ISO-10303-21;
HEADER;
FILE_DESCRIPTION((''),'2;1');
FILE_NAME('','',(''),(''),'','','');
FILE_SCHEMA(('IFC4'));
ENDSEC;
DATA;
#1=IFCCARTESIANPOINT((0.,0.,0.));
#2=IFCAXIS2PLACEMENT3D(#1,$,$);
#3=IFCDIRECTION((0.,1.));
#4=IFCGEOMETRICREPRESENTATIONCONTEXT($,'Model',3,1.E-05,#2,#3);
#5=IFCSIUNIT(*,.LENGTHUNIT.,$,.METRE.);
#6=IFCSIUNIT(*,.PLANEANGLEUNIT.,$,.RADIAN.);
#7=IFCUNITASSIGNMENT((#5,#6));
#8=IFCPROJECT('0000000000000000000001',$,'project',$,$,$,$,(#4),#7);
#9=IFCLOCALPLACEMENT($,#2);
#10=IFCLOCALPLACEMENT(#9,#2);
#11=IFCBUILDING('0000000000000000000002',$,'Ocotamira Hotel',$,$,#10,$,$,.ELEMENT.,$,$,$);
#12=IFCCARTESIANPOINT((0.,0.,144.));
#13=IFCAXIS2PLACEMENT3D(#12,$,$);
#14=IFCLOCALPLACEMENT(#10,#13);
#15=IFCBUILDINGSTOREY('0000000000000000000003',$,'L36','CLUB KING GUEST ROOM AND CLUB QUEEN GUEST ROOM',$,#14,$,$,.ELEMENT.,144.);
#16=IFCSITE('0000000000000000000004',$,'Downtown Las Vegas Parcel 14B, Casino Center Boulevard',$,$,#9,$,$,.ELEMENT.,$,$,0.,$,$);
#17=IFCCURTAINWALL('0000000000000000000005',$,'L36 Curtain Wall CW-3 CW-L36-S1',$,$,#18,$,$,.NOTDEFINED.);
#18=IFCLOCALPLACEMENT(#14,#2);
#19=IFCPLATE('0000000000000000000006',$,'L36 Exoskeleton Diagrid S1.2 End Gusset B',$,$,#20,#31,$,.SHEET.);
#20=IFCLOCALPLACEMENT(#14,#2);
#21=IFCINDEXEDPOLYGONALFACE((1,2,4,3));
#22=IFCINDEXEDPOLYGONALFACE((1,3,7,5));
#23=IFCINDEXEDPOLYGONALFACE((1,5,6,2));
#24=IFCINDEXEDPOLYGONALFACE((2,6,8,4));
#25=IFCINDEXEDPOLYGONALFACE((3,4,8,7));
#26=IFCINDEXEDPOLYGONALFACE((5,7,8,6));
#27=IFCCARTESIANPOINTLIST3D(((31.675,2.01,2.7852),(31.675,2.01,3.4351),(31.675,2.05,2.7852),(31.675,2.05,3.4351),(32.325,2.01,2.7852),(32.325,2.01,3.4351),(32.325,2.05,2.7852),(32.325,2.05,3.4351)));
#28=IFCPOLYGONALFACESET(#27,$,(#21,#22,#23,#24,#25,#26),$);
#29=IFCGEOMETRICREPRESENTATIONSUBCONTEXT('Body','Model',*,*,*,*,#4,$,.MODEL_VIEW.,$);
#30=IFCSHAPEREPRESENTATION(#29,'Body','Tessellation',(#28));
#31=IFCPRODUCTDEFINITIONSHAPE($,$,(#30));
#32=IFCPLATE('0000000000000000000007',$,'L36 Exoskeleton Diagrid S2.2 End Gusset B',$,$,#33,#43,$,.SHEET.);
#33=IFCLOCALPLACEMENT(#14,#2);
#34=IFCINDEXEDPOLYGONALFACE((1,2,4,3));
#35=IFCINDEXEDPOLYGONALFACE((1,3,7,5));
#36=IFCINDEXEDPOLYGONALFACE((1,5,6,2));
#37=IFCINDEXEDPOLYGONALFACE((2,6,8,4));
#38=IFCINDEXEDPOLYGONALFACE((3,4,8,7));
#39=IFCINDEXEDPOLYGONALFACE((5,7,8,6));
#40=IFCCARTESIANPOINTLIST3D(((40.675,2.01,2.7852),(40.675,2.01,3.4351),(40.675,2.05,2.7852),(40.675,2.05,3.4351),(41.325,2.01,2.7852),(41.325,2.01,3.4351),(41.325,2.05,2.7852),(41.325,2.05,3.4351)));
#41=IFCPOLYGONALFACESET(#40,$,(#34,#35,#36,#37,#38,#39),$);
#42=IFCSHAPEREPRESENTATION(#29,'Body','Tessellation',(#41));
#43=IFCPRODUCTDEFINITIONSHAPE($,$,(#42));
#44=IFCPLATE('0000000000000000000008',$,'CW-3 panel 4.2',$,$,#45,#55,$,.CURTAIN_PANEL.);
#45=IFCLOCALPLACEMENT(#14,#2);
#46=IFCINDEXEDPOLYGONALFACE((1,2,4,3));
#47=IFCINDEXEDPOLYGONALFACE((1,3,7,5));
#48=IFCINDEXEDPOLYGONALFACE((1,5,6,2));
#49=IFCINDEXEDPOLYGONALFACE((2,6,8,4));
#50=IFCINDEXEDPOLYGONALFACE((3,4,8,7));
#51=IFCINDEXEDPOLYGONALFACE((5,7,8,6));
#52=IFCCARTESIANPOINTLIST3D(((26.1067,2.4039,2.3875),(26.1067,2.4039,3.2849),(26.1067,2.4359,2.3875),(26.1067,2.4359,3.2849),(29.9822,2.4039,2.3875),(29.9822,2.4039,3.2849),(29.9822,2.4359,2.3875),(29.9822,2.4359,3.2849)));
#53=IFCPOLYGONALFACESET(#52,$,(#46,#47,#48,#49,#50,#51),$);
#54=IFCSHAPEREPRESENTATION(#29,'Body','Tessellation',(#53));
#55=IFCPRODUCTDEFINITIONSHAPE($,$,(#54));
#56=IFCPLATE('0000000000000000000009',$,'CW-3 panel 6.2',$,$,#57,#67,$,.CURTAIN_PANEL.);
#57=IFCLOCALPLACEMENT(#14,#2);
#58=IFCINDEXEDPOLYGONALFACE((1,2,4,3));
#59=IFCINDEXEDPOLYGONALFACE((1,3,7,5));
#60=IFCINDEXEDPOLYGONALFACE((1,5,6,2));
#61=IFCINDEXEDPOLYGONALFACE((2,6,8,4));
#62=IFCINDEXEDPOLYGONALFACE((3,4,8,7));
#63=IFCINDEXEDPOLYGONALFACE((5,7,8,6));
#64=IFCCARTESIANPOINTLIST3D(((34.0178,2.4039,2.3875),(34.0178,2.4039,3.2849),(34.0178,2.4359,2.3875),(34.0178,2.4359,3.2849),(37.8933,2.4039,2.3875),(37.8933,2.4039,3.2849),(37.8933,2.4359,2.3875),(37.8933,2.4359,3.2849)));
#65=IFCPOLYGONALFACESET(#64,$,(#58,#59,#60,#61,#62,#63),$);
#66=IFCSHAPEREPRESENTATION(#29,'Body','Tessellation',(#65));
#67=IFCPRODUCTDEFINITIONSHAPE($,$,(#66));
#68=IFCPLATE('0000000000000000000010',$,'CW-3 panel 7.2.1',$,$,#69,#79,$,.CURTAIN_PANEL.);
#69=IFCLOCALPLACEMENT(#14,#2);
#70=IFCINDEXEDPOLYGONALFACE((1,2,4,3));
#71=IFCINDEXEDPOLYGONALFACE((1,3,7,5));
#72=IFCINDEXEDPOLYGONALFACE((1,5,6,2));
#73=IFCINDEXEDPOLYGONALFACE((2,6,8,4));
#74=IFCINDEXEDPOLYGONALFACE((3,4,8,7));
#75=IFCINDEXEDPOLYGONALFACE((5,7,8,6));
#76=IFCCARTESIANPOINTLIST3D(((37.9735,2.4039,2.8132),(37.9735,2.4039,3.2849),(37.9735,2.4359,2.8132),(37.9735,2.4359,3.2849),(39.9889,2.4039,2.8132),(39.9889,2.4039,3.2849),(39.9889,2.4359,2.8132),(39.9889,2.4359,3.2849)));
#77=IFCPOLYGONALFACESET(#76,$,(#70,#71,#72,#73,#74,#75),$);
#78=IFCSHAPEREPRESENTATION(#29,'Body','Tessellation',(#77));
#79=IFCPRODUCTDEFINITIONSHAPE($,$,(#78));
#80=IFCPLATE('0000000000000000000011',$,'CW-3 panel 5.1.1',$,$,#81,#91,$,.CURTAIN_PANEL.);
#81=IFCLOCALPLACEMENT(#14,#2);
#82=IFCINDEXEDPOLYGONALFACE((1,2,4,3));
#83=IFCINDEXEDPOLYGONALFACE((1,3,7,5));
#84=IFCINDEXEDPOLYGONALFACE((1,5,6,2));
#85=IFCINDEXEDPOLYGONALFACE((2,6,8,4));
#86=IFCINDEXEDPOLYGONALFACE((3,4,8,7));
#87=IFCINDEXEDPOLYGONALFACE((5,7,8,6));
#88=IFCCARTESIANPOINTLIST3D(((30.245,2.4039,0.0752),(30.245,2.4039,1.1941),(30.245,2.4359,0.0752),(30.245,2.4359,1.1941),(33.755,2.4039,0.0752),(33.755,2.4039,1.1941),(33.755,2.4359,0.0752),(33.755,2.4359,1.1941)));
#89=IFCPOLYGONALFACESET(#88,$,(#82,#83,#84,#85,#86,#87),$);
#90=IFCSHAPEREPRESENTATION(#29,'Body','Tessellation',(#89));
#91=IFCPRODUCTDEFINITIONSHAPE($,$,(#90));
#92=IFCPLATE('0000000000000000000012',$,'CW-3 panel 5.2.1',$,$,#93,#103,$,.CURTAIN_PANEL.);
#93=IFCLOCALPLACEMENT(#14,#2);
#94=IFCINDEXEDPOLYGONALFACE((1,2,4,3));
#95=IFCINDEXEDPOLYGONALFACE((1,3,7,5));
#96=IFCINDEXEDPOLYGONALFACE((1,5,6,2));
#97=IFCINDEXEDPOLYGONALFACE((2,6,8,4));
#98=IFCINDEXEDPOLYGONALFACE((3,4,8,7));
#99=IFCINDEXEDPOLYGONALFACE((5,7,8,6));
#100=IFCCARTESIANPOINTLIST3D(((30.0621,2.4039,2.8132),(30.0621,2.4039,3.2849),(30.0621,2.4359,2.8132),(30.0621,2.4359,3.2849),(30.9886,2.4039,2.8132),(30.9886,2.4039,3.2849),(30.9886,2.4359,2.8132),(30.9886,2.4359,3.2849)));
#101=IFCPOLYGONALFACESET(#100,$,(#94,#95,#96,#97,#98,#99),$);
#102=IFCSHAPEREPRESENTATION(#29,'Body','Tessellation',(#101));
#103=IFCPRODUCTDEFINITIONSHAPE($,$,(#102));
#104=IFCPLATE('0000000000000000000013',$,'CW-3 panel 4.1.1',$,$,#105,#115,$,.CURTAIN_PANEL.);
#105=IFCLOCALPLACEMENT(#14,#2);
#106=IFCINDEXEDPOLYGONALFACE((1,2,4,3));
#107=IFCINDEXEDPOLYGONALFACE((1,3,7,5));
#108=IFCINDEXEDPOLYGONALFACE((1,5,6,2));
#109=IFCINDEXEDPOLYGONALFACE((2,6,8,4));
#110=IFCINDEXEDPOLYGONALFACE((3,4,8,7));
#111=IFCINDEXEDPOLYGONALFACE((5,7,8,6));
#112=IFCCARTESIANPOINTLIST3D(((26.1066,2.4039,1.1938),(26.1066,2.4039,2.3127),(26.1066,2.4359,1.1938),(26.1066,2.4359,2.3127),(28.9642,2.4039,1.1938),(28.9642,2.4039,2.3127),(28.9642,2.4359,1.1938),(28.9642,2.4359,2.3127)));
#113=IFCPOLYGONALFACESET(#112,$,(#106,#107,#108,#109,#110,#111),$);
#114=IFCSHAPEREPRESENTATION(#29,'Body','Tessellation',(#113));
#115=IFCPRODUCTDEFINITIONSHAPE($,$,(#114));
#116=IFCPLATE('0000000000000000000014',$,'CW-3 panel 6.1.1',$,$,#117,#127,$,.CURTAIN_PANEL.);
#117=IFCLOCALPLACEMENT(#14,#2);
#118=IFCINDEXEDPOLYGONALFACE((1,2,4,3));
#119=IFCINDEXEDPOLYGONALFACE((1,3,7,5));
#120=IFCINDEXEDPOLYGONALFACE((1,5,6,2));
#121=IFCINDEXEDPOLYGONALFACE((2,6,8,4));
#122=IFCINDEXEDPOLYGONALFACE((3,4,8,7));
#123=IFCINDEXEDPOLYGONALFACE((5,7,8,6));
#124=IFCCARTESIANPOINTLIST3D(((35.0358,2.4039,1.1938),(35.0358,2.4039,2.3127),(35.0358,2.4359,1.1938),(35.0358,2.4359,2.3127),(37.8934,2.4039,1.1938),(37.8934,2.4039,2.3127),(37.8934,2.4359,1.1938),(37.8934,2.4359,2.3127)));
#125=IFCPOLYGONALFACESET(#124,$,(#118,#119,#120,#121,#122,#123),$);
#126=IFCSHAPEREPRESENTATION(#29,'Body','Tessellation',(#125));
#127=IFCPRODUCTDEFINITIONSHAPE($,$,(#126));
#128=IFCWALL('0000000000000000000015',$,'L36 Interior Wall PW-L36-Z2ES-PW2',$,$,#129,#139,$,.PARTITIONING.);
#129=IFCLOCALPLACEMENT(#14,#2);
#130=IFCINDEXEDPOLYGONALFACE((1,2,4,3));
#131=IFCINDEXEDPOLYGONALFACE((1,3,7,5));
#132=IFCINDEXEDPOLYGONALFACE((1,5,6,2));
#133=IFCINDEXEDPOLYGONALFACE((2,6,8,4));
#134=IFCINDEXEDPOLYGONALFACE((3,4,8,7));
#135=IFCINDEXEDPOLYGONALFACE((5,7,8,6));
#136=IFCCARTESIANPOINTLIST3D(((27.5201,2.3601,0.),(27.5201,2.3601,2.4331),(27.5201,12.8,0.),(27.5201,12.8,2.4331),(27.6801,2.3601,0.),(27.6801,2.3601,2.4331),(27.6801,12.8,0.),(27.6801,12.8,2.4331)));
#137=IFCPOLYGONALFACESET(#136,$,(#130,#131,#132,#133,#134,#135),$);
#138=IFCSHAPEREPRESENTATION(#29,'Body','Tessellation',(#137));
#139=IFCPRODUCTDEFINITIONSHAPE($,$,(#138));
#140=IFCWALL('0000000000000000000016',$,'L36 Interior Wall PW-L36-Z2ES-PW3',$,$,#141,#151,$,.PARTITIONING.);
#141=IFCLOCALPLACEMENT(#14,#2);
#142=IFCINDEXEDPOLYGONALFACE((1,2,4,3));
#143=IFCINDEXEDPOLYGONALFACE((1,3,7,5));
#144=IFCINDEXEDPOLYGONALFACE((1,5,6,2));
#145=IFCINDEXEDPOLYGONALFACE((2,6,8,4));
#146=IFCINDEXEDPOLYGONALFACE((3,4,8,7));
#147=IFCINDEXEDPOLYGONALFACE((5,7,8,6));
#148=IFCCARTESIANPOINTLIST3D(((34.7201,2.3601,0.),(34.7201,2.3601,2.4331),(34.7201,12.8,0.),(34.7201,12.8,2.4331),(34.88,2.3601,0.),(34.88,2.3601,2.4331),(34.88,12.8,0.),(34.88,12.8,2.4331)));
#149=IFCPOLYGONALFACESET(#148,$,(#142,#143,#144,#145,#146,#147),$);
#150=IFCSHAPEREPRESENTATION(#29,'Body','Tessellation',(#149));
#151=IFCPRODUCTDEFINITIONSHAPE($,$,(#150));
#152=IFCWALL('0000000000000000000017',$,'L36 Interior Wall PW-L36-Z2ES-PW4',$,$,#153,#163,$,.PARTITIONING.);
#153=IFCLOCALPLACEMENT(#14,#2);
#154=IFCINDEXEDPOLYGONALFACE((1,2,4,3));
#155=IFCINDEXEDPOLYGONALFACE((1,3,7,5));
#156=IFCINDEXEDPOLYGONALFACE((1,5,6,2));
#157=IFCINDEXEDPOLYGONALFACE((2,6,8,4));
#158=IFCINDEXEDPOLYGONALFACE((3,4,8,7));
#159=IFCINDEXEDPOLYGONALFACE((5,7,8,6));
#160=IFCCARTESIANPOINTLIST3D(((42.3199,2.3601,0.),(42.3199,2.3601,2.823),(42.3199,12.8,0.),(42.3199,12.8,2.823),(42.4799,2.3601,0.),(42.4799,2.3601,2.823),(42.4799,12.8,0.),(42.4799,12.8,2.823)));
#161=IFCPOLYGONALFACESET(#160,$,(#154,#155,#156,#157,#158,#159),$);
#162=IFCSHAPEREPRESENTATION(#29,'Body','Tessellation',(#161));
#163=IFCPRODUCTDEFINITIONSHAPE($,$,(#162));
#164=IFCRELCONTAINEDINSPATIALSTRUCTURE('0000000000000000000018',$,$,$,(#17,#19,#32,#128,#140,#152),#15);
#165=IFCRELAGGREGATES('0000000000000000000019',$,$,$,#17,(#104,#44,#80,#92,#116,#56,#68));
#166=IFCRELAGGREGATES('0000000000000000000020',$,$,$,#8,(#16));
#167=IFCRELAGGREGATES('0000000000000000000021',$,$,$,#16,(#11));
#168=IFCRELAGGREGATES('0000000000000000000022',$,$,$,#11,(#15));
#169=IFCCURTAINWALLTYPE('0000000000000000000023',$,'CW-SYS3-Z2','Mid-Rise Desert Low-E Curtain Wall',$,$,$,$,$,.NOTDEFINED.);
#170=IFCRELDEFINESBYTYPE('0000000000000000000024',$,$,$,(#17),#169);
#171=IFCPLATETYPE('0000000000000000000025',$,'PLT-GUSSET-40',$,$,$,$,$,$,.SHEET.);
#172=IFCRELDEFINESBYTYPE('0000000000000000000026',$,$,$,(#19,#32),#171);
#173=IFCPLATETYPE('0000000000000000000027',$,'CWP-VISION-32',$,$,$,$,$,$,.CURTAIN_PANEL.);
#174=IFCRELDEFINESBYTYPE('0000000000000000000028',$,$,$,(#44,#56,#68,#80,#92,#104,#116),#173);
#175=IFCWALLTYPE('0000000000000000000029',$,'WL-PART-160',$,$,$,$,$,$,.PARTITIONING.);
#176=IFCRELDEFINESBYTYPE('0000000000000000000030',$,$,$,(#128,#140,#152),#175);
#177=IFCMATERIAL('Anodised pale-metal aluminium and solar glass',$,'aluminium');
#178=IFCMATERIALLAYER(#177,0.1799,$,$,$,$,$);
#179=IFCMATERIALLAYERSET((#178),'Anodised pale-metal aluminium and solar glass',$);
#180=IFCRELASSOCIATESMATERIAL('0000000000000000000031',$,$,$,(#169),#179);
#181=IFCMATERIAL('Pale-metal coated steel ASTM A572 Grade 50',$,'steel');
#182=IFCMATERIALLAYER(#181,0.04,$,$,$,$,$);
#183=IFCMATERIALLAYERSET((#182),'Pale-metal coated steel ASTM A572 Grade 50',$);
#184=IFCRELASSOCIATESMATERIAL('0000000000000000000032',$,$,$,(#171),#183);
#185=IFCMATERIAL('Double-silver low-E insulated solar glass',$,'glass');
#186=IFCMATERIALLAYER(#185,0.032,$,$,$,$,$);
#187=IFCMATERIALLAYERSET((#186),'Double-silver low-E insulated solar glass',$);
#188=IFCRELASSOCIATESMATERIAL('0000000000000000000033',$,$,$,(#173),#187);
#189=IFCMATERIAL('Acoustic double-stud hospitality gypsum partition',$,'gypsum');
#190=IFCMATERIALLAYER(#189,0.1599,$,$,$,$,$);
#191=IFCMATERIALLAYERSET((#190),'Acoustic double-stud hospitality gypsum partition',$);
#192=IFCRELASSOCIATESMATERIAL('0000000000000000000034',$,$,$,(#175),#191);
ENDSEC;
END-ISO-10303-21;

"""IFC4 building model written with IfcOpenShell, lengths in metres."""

from ifc_helpers import new_model, si_unit, direction, frame, frame_2d, origin, origin_2d, place, context, subcontext, project, spatial, rectangle, extrude, source, transform, mapped, material, layer, layer_set, type_object, element, aggregate, save


model = new_model("IFC4")

# Units and contexts
model_context = context("Model", 3, precision=1e-05, world=origin(), true_north=direction((0.0, 1.0)))
body_context = subcontext(model_context, "Body", "Model", "MODEL_VIEW")
ifc_project = project(units=[si_unit("LENGTHUNIT", "METRE"), si_unit("PLANEANGLEUNIT", "RADIAN")], contexts=[model_context])

# Site, building, storey
site_placement = place(None, origin())
site = spatial("IfcSite", under=ifc_project, at=site_placement, Name="Downtown Las Vegas Parcel 14B, Casino Center Boulevard", CompositionType="ELEMENT", RefElevation=0.0)
building_placement = place(site_placement, origin())
building = spatial("IfcBuilding", under=site, at=building_placement, Name="Ocotamira Hotel", CompositionType="ELEMENT")
storey_placement = place(building_placement, frame((0.0, 0.0, 144.0)))
storey = spatial("IfcBuildingStorey", under=building, at=storey_placement, Name="L36", Description="CLUB KING GUEST ROOM AND CLUB QUEEN GUEST ROOM", CompositionType="ELEMENT", Elevation=144.0)

# Curtain wall
ifc_material_1 = material(Name="Anodised pale-metal aluminium and solar glass", Category="aluminium")
ifc_layer_1 = layer(ifc_material_1, 0.1799)
ifc_layer_set_1 = layer_set([ifc_layer_1], Name="Anodised pale-metal aluminium and solar glass")
curtain_wall_type = type_object("IfcCurtainWallType", Name="CW-SYS3-Z2", Description="Mid-Rise Desert Low-E Curtain Wall", PredefinedType="NOTDEFINED", material=ifc_layer_set_1)
curtain_wall_placement = place(storey_placement, origin())
curtain_wall = element("IfcCurtainWall", 1, at=curtain_wall_placement, inside=storey, type_object=curtain_wall_type, Name="L36 Curtain Wall CW-3 CW-L36-S1", PredefinedType="NOTDEFINED")

# Plates
ifc_material_2 = material(Name="Pale-metal coated steel ASTM A572 Grade 50", Category="steel")
ifc_layer_2 = layer(ifc_material_2, 0.04)
ifc_layer_set_2 = layer_set([ifc_layer_2], Name="Pale-metal coated steel ASTM A572 Grade 50")
plate_type_1 = type_object("IfcPlateType", Name="PLT-GUSSET-40", PredefinedType="SHEET", material=ifc_layer_set_2)
shared_shape_1 = source(origin(), body_context, "Body", "SweptSolid", [
    extrude(rectangle(XDim=0.6499, YDim=0.04, at=origin_2d()), origin(), (0.0, 0.0, 1.0), 0.6499),
])
for number, where, z_axis, x_axis, name in (
    (2, (32.0, 2.03, 2.7852), (0.0, 0.0, 1.0), (1.0, 0.0, 0.0), "L36 Exoskeleton Diagrid S1.2 End Gusset B"),
    (3, (41.0, 2.03, 2.7852), (0.0, 0.0, 1.0), (1.0, 0.0, 0.0), "L36 Exoskeleton Diagrid S2.2 End Gusset B"),
):
    element("IfcPlate", number, at=place(storey_placement, frame(where, z_axis=z_axis, x_axis=x_axis)), inside=storey, type_object=plate_type_1, Name=name, PredefinedType="SHEET", context=body_context, shape_type="MappedRepresentation", body=[
        mapped(shared_shape_1, transform((0.0, 0.0, 0.0), scale=1.0)),
    ])

# Plates
ifc_material_3 = material(Name="Double-silver low-E insulated solar glass", Category="glass")
ifc_layer_3 = layer(ifc_material_3, 0.032)
ifc_layer_set_3 = layer_set([ifc_layer_3], Name="Double-silver low-E insulated solar glass")
plate_type_2 = type_object("IfcPlateType", Name="CWP-VISION-32", PredefinedType="CURTAIN_PANEL", material=ifc_layer_set_3)
shared_shape_2 = source(origin(), body_context, "Body", "SweptSolid", [
    extrude(rectangle(XDim=3.8755, YDim=0.032, at=origin_2d()), origin(), (0.0, 0.0, 1.0), 0.8975),
])
plate_1_placement = place(storey_placement, frame((28.0444, 2.4199, 2.3875), z_axis=(0.0, 0.0, 1.0), x_axis=(1.0, 0.0, 0.0)))
plate_1 = element("IfcPlate", 4, at=plate_1_placement, type_object=plate_type_2, Name="CW-3 panel 4.2", PredefinedType="CURTAIN_PANEL", context=body_context, shape_type="MappedRepresentation", body=[
    mapped(shared_shape_2, transform((0.0, 0.0, 0.0), scale=1.0)),
])
plate_2_placement = place(storey_placement, frame((35.9556, 2.4199, 2.3875), z_axis=(0.0, 0.0, 1.0), x_axis=(1.0, 0.0, 0.0)))
plate_2 = element("IfcPlate", 5, at=plate_2_placement, type_object=plate_type_2, Name="CW-3 panel 6.2", PredefinedType="CURTAIN_PANEL", context=body_context, shape_type="MappedRepresentation", body=[
    mapped(shared_shape_2, transform((0.0, 0.0, 0.0), scale=1.0)),
])
shared_shape_3 = source(origin(), body_context, "Body", "SweptSolid", [
    extrude(rectangle(XDim=2.0154, YDim=0.032, at=origin_2d()), origin(), (0.0, 0.0, 1.0), 0.4717),
])
plate_3_placement = place(storey_placement, frame((38.9812, 2.4199, 2.8132), z_axis=(0.0, 0.0, 1.0), x_axis=(1.0, 0.0, 0.0)))
plate_3 = element("IfcPlate", 6, at=plate_3_placement, type_object=plate_type_2, Name="CW-3 panel 7.2.1", PredefinedType="CURTAIN_PANEL", context=body_context, shape_type="MappedRepresentation", body=[
    mapped(shared_shape_3, transform((0.0, 0.0, 0.0), scale=1.0)),
])
shared_shape_4 = source(origin(), body_context, "Body", "SweptSolid", [
    extrude(rectangle(XDim=3.51, YDim=0.032, at=origin_2d()), origin(), (0.0, 0.0, 1.0), 1.1189),
])
plate_4_placement = place(storey_placement, frame((32.0, 2.4199, 0.0752), z_axis=(0.0, 0.0, 1.0), x_axis=(1.0, 0.0, 0.0)))
plate_4 = element("IfcPlate", 7, at=plate_4_placement, type_object=plate_type_2, Name="CW-3 panel 5.1.1", PredefinedType="CURTAIN_PANEL", context=body_context, shape_type="MappedRepresentation", body=[
    mapped(shared_shape_4, transform((0.0, 0.0, 0.0), scale=1.0)),
])
shared_shape_5 = source(origin(), body_context, "Body", "SweptSolid", [
    extrude(rectangle(XDim=0.9265, YDim=0.032, at=origin_2d()), origin(), (0.0, 0.0, 1.0), 0.4717),
])
plate_5_placement = place(storey_placement, frame((30.5254, 2.4199, 2.8132), z_axis=(0.0, 0.0, 1.0), x_axis=(1.0, 0.0, 0.0)))
plate_5 = element("IfcPlate", 8, at=plate_5_placement, type_object=plate_type_2, Name="CW-3 panel 5.2.1", PredefinedType="CURTAIN_PANEL", context=body_context, shape_type="MappedRepresentation", body=[
    mapped(shared_shape_5, transform((0.0, 0.0, 0.0), scale=1.0)),
])
shared_shape_6 = source(origin(), body_context, "Body", "SweptSolid", [
    extrude(rectangle(XDim=2.8577, YDim=0.032, at=origin_2d()), origin(), (0.0, 0.0, 1.0), 1.1189),
])
plate_6_placement = place(storey_placement, frame((27.5354, 2.4199, 1.1938), z_axis=(0.0, 0.0, 1.0), x_axis=(1.0, 0.0, 0.0)))
plate_6 = element("IfcPlate", 9, at=plate_6_placement, type_object=plate_type_2, Name="CW-3 panel 4.1.1", PredefinedType="CURTAIN_PANEL", context=body_context, shape_type="MappedRepresentation", body=[
    mapped(shared_shape_6, transform((0.0, 0.0, 0.0), scale=1.0)),
])
plate_7_placement = place(storey_placement, frame((36.4646, 2.4199, 1.1938), z_axis=(0.0, 0.0, 1.0), x_axis=(1.0, 0.0, 0.0)))
plate_7 = element("IfcPlate", 10, at=plate_7_placement, type_object=plate_type_2, Name="CW-3 panel 6.1.1", PredefinedType="CURTAIN_PANEL", context=body_context, shape_type="MappedRepresentation", body=[
    mapped(shared_shape_6, transform((0.0, 0.0, 0.0), scale=1.0)),
])
aggregate(curtain_wall, [plate_6, plate_1, plate_4, plate_5, plate_7, plate_2, plate_3])

# Walls
ifc_material_4 = material(Name="Acoustic double-stud hospitality gypsum partition", Category="gypsum")
ifc_layer_4 = layer(ifc_material_4, 0.1599)
ifc_layer_set_4 = layer_set([ifc_layer_4], Name="Acoustic double-stud hospitality gypsum partition")
wall_type = type_object("IfcWallType", Name="WL-PART-160", PredefinedType="PARTITIONING", material=ifc_layer_set_4)
for number, where, z_axis, x_axis, name in (
    (11, (27.6001, 2.3601, 0.0), (0.0, 0.0, 1.0), (0.0, 1.0, 0.0), "L36 Interior Wall PW-L36-Z2ES-PW2"),
    (12, (34.8, 2.3601, 0.0), (0.0, 0.0, 1.0), (0.0, 1.0, 0.0), "L36 Interior Wall PW-L36-Z2ES-PW3"),
):
    element("IfcWall", number, at=place(storey_placement, frame(where, z_axis=z_axis, x_axis=x_axis)), inside=storey, type_object=wall_type, Name=name, PredefinedType="PARTITIONING", context=body_context, shape_type="SweptSolid", body=[
        extrude(rectangle(XDim=10.4399, YDim=0.1599, at=frame_2d((5.22, 0.0))), origin(), (0.0, 0.0, 1.0), 2.4331),
    ])
wall_placement = place(storey_placement, frame((42.3999, 2.3601, 0.0), z_axis=(0.0, 0.0, 1.0), x_axis=(0.0, 1.0, 0.0)))
element("IfcWall", 13, at=wall_placement, inside=storey, type_object=wall_type, Name="L36 Interior Wall PW-L36-Z2ES-PW4", PredefinedType="PARTITIONING", context=body_context, shape_type="SweptSolid", body=[
    extrude(rectangle(XDim=10.4399, YDim=0.1599, at=frame_2d((5.22, 0.0))), origin(), (0.0, 0.0, 1.0), 2.823),
])

save(model, "model.ifc")
